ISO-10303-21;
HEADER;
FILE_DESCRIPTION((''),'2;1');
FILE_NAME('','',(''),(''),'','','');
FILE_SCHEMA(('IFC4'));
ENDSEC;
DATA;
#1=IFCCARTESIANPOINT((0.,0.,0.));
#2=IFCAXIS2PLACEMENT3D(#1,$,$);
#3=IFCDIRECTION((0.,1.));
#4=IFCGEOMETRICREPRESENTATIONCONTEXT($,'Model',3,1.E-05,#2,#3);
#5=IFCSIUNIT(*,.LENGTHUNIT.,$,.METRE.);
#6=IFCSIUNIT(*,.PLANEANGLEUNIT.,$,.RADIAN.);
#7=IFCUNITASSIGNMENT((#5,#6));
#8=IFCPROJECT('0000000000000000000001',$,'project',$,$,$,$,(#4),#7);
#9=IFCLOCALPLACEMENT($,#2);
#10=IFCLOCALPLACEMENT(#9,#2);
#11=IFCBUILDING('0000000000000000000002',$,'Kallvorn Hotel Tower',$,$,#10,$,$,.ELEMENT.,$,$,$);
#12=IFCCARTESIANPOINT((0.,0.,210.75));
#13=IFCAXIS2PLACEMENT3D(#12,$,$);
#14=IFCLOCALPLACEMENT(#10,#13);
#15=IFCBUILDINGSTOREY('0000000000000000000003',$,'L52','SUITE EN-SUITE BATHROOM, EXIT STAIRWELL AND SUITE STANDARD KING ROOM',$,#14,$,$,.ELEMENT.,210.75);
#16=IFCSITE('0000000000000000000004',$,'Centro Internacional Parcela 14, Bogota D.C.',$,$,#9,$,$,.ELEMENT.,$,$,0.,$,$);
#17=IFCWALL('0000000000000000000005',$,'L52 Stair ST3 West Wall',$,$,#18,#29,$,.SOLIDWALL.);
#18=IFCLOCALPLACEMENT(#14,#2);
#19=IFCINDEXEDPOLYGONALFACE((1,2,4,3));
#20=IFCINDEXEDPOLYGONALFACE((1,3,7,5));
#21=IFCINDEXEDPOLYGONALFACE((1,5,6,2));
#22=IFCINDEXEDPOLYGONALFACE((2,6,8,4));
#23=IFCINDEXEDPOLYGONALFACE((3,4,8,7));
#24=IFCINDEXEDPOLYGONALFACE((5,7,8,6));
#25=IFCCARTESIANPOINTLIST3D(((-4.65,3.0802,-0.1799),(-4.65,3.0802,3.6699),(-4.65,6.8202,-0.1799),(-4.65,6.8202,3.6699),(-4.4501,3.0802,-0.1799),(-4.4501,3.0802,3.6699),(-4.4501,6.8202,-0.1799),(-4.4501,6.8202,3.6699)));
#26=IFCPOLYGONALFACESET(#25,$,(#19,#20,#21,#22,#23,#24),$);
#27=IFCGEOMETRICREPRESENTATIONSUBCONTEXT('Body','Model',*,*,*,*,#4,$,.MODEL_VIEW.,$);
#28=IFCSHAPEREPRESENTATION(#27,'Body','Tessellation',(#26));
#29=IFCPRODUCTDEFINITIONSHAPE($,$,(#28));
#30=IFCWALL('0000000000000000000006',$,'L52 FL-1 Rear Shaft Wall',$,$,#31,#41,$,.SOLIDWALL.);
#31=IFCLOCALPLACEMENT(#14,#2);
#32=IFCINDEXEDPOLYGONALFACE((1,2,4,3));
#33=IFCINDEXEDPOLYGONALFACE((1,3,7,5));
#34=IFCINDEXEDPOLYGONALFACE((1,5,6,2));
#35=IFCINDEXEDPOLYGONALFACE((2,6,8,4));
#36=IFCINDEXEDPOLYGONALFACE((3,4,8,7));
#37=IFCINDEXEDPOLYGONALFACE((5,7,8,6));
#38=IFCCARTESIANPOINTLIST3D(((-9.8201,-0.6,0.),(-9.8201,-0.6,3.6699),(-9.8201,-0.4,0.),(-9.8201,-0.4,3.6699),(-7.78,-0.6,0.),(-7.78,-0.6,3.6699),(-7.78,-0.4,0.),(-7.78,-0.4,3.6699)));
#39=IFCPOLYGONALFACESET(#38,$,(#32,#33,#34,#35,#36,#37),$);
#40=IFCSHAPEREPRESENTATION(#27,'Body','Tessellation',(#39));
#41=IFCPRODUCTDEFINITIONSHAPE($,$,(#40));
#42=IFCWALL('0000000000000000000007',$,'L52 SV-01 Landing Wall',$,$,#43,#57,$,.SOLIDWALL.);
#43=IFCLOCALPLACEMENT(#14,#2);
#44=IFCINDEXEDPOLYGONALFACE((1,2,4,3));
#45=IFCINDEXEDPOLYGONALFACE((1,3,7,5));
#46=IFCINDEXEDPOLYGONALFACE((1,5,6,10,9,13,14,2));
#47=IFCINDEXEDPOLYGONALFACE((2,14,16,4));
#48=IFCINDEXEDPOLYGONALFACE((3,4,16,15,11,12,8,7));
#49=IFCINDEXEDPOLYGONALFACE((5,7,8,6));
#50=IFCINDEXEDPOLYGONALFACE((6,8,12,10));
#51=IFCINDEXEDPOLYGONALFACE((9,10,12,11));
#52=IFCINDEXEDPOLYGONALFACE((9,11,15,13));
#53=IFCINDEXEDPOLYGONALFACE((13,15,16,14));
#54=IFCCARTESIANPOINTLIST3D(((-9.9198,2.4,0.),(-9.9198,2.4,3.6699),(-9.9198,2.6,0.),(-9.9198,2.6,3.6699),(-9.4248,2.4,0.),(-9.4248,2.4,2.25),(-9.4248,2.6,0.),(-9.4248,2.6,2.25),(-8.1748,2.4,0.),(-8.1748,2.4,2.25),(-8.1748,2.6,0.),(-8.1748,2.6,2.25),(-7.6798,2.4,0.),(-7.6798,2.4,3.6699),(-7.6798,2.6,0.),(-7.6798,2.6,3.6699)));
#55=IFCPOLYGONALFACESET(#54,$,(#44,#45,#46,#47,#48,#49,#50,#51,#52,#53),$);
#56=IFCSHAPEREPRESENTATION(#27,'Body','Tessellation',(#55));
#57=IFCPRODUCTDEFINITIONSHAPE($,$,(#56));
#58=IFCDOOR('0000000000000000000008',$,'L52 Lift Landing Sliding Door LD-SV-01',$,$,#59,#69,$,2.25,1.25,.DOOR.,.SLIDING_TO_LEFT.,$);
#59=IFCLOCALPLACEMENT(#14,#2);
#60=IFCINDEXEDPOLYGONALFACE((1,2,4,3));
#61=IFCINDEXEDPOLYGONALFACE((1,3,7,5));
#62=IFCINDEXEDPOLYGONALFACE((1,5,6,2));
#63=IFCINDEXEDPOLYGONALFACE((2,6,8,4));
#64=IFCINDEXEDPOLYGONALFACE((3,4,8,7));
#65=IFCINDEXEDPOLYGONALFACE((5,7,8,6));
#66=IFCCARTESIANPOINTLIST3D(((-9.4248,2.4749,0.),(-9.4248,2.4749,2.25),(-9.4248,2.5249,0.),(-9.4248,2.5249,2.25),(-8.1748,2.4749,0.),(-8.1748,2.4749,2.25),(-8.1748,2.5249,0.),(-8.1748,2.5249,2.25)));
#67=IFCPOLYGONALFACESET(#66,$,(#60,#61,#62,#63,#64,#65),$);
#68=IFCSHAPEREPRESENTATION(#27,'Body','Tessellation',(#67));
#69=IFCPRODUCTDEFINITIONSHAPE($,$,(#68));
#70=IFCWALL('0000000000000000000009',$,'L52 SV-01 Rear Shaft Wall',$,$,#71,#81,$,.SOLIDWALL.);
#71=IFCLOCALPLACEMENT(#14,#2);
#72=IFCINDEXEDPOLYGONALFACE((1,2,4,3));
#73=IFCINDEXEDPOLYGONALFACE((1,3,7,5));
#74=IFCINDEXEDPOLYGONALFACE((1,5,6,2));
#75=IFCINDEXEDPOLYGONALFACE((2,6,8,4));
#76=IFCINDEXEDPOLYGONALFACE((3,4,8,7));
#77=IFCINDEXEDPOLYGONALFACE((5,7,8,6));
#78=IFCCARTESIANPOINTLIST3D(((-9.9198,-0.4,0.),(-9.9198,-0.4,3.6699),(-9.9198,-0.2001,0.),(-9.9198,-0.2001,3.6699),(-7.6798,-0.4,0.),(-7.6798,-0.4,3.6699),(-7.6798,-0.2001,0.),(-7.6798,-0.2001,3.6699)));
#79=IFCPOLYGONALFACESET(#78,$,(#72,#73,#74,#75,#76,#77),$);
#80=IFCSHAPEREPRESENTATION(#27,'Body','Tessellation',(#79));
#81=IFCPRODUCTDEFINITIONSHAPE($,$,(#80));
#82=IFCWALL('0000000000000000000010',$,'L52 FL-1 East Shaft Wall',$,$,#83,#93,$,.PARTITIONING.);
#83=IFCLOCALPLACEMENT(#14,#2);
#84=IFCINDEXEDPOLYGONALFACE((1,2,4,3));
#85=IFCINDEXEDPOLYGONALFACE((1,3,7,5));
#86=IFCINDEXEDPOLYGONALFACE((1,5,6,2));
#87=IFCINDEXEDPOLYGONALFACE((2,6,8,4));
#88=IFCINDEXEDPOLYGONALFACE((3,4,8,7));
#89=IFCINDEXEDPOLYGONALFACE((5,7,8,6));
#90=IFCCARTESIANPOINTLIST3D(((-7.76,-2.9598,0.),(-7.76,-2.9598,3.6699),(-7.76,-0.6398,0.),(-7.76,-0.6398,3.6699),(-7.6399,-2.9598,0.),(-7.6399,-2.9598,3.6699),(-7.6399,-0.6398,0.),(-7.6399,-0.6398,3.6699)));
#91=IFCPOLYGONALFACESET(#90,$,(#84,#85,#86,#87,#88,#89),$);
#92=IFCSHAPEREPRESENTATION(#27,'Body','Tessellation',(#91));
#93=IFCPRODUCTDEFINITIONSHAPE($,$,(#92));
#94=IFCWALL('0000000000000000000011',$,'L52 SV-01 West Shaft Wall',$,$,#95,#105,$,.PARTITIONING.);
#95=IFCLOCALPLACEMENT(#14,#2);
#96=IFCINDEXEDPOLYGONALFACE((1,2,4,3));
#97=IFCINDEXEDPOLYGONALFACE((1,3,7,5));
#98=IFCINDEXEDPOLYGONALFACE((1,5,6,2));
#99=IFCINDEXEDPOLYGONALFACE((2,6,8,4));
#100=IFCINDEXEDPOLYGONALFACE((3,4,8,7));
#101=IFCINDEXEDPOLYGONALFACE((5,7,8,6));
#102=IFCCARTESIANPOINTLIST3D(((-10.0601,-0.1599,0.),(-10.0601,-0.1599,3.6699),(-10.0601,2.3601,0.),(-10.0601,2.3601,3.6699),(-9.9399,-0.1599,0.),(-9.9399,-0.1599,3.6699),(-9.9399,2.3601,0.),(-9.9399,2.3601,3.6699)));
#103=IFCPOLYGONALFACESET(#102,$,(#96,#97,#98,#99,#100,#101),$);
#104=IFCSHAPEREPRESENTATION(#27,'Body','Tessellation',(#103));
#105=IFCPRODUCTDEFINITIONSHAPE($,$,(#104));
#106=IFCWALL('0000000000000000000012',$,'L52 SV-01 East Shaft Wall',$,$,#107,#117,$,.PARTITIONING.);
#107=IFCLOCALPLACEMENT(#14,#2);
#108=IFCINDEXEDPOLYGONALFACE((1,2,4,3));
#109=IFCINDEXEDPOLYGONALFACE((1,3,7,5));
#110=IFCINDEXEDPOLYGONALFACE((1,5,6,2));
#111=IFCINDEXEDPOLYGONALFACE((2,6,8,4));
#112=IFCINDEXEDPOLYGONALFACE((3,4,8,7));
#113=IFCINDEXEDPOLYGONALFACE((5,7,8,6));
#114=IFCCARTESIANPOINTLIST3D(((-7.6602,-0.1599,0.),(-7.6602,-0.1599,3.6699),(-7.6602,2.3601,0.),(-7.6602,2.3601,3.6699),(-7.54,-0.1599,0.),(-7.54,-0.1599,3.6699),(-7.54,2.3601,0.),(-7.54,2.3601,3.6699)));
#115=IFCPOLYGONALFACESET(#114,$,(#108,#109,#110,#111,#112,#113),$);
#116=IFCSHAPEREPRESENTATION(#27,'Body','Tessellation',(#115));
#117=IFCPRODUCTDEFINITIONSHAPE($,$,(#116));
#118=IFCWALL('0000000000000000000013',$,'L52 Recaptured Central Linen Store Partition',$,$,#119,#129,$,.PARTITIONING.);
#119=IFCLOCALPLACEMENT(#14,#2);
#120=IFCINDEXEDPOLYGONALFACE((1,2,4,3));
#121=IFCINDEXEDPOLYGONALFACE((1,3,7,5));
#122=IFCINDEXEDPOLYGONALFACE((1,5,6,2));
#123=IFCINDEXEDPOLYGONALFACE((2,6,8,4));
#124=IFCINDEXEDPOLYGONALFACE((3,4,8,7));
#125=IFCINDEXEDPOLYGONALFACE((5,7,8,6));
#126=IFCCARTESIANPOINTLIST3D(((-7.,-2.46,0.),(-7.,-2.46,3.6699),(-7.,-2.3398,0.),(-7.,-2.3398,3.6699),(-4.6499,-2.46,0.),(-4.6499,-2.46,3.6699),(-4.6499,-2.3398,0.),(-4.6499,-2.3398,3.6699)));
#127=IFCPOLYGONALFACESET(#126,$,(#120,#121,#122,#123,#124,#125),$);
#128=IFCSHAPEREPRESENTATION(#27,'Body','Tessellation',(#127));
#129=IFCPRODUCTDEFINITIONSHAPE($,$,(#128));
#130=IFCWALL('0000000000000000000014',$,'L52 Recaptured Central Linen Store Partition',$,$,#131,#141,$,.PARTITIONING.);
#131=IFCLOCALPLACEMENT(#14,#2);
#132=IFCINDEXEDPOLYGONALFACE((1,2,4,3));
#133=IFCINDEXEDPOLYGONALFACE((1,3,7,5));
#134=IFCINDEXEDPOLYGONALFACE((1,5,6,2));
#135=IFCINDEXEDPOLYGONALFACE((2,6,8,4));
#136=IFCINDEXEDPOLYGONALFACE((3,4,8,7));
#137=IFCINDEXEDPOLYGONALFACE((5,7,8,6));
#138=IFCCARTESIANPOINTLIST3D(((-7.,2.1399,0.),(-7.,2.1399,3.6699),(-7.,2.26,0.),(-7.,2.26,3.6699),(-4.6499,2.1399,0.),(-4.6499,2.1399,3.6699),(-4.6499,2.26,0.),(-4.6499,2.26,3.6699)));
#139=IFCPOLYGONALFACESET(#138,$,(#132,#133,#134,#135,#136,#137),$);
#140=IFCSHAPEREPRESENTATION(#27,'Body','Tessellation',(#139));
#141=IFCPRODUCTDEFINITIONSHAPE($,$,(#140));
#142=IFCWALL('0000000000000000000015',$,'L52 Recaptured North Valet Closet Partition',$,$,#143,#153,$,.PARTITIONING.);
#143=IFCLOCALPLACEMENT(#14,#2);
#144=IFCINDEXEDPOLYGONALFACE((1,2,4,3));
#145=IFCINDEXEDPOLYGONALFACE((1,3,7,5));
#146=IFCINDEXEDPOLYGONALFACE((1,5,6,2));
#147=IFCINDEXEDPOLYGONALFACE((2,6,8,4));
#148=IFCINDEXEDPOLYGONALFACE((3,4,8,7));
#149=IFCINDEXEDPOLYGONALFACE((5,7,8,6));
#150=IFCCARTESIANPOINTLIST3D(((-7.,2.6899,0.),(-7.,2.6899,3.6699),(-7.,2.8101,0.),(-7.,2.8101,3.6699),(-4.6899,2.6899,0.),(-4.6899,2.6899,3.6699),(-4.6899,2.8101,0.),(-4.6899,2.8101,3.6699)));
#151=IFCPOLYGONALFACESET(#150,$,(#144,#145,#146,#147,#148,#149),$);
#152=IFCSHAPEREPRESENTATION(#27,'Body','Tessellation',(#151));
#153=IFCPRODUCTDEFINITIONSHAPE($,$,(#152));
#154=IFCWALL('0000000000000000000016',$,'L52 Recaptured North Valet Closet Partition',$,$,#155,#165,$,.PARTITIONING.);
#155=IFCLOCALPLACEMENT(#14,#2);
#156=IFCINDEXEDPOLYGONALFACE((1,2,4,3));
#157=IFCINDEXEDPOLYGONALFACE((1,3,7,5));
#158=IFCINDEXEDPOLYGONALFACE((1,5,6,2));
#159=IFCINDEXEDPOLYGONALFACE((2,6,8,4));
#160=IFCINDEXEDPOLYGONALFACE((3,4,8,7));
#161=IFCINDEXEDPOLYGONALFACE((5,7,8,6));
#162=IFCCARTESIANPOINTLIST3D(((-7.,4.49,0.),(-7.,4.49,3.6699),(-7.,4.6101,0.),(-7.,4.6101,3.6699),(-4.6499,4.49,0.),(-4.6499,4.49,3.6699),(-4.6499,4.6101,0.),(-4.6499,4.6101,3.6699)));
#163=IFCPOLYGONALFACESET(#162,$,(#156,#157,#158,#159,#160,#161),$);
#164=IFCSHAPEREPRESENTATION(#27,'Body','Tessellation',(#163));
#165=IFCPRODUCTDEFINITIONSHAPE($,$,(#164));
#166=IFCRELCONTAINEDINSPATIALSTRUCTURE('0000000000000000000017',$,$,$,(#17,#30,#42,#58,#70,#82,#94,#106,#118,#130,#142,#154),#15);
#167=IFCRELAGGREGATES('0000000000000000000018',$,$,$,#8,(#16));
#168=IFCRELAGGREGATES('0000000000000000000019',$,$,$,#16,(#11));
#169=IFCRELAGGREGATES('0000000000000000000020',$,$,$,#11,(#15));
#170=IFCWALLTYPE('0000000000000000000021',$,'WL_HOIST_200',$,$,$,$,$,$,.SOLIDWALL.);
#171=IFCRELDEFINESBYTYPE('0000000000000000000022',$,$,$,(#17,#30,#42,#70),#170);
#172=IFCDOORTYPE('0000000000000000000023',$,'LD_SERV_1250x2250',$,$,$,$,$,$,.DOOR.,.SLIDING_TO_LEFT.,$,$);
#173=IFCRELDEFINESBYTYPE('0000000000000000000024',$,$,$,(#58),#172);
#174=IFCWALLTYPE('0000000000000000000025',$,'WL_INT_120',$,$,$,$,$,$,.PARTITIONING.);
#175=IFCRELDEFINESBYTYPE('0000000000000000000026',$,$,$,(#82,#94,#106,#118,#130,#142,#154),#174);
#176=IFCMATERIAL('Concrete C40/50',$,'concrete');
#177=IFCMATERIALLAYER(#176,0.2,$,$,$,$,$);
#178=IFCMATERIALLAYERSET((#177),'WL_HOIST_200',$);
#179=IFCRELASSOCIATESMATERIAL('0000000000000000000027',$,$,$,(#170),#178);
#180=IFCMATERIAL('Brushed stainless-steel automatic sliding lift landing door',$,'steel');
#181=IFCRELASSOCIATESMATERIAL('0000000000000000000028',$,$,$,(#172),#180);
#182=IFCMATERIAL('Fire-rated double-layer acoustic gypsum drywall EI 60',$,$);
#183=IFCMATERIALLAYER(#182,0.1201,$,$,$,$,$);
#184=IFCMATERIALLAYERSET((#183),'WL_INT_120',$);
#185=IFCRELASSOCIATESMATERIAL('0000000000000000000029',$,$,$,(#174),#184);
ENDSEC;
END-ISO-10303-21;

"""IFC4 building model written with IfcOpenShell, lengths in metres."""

from ifc_helpers import new_model, si_unit, direction, frame, frame_2d, origin, place, context, subcontext, project, spatial, rectangle, extrude, material, layer, layer_set, type_object, element, fill, save


model = new_model("IFC4")

# Units and contexts
model_context = context("Model", 3, precision=1e-05, world=origin(), true_north=direction((0.0, 1.0)))
body_context = subcontext(model_context, "Body", "Model", "MODEL_VIEW")
ifc_project = project(units=[si_unit("LENGTHUNIT", "METRE"), si_unit("PLANEANGLEUNIT", "RADIAN")], contexts=[model_context])

# Site, building, storey
site_placement = place(None, origin())
site = spatial("IfcSite", under=ifc_project, at=site_placement, Name="Centro Internacional Parcela 14, Bogota D.C.", CompositionType="ELEMENT", RefElevation=0.0)
building_placement = place(site_placement, origin())
building = spatial("IfcBuilding", under=site, at=building_placement, Name="Kallvorn Hotel Tower", CompositionType="ELEMENT")
storey_placement = place(building_placement, frame((0.0, 0.0, 210.75)))
storey = spatial("IfcBuildingStorey", under=building, at=storey_placement, Name="L52", Description="SUITE EN-SUITE BATHROOM, EXIT STAIRWELL AND SUITE STANDARD KING ROOM", CompositionType="ELEMENT", Elevation=210.75)

# Walls
ifc_material_1 = material(Name="Concrete C40/50", Category="concrete")
ifc_layer_1 = layer(ifc_material_1, 0.2)
ifc_layer_set_1 = layer_set([ifc_layer_1], Name="WL_HOIST_200")
wall_type_1 = type_object("IfcWallType", Name="WL_HOIST_200", PredefinedType="SOLIDWALL", material=ifc_layer_set_1)
wall_1_placement = place(storey_placement, frame((-4.55, 3.0801, -0.1799), z_axis=(0.0, 0.0, 1.0), x_axis=(0.0, 1.0, 0.0)))
element("IfcWall", 1, at=wall_1_placement, inside=storey, type_object=wall_type_1, Name="L52 Stair ST3 West Wall", PredefinedType="SOLIDWALL", context=body_context, shape_type="SweptSolid", body=[
    extrude(rectangle(XDim=3.74, YDim=0.2, at=frame_2d((1.8701, 0.0))), origin(), (0.0, 0.0, 1.0), 3.8499),
])
wall_2_placement = place(storey_placement, frame((-9.8201, -0.5, 0.0), z_axis=(0.0, 0.0, 1.0), x_axis=(1.0, 0.0, 0.0)))
element("IfcWall", 2, at=wall_2_placement, inside=storey, type_object=wall_type_1, Name="L52 FL-1 Rear Shaft Wall", PredefinedType="SOLIDWALL", context=body_context, shape_type="SweptSolid", body=[
    extrude(rectangle(XDim=2.04, YDim=0.2, at=frame_2d((1.02, 0.0))), origin(), (0.0, 0.0, 1.0), 3.6699),
])

# Wall, opening, door
wall_3_placement = place(storey_placement, frame((-9.9199, 2.5, 0.0), z_axis=(0.0, 0.0, 1.0), x_axis=(1.0, 0.0, 0.0)))
wall_3 = element("IfcWall", 3, at=wall_3_placement, inside=storey, type_object=wall_type_1, Name="L52 SV-01 Landing Wall", PredefinedType="SOLIDWALL", context=body_context, shape_type="SweptSolid", body=[
    extrude(rectangle(XDim=2.24, YDim=0.2, at=frame_2d((1.1201, 0.0))), origin(), (0.0, 0.0, 1.0), 3.6699),
])
opening_1_placement = place(wall_3_placement, frame((0.4951, 0.0, 0.0)))
opening_1 = element("IfcOpeningElement", 4, at=opening_1_placement, cuts=wall_3, PredefinedType="OPENING", context=body_context, shape_type="SweptSolid", body=[
    extrude(rectangle(XDim=1.25, YDim=2.25, at=frame_2d((0.625, 1.125))), frame((0.0, 0.115, 0.0), z_axis=(0.0, -1.0, 0.0), x_axis=(1.0, 0.0, 0.0)), (0.0, 0.0, 1.0), 0.23),
])
ifc_material_2 = material(Name="Brushed stainless-steel automatic sliding lift landing door", Category="steel")
door_type_1 = type_object("IfcDoorType", Name="LD_SERV_1250x2250", OperationType="SLIDING_TO_LEFT", PredefinedType="DOOR", material=ifc_material_2)
door_1_placement = place(opening_1_placement, origin())
door_1 = element("IfcDoor", 5, at=door_1_placement, inside=storey, type_object=door_type_1, Name="L52 Lift Landing Sliding Door LD-SV-01", OperationType="SLIDING_TO_LEFT", OverallHeight=2.25, OverallWidth=1.25, PredefinedType="DOOR", context=body_context, shape_type="SweptSolid", body=[
    extrude(rectangle(XDim=1.25, YDim=2.25, at=frame_2d((0.625, 1.125))), frame((0.0, 0.0249, 0.0), z_axis=(0.0, -1.0, 0.0), x_axis=(1.0, 0.0, 0.0)), (0.0, 0.0, 1.0), 0.05),
])
fill(opening_1, door_1)

# Walls
wall_4_placement = place(storey_placement, frame((-9.9199, -0.3, 0.0), z_axis=(0.0, 0.0, 1.0), x_axis=(1.0, 0.0, 0.0)))
element("IfcWall", 6, at=wall_4_placement, inside=storey, type_object=wall_type_1, Name="L52 SV-01 Rear Shaft Wall", PredefinedType="SOLIDWALL", context=body_context, shape_type="SweptSolid", body=[
    extrude(rectangle(XDim=2.24, YDim=0.2, at=frame_2d((1.1201, 0.0))), origin(), (0.0, 0.0, 1.0), 3.6699),
])
ifc_material_3 = material(Name="Fire-rated double-layer acoustic gypsum drywall EI 60")
ifc_layer_2 = layer(ifc_material_3, 0.1201)
ifc_layer_set_2 = layer_set([ifc_layer_2], Name="WL_INT_120")
wall_type_2 = type_object("IfcWallType", Name="WL_INT_120", PredefinedType="PARTITIONING", material=ifc_layer_set_2)
wall_5_placement = place(storey_placement, frame((-7.7, -2.96, 0.0), z_axis=(0.0, 0.0, 1.0), x_axis=(0.0, 1.0, 0.0)))
element("IfcWall", 7, at=wall_5_placement, inside=storey, type_object=wall_type_2, Name="L52 FL-1 East Shaft Wall", PredefinedType="PARTITIONING", context=body_context, shape_type="SweptSolid", body=[
    extrude(rectangle(XDim=2.3201, YDim=0.1201, at=frame_2d((1.1602, 0.0))), origin(), (0.0, 0.0, 1.0), 3.6699),
])
for number, where, z_axis, x_axis, name in (
    (8, (-10.0, -0.1599, 0.0), (0.0, 0.0, 1.0), (0.0, 1.0, 0.0), "L52 SV-01 West Shaft Wall"),
    (9, (-7.6001, -0.1599, 0.0), (0.0, 0.0, 1.0), (0.0, 1.0, 0.0), "L52 SV-01 East Shaft Wall"),
):
    element("IfcWall", number, at=place(storey_placement, frame(where, z_axis=z_axis, x_axis=x_axis)), inside=storey, type_object=wall_type_2, Name=name, PredefinedType="PARTITIONING", context=body_context, shape_type="SweptSolid", body=[
        extrude(rectangle(XDim=2.52, YDim=0.1201, at=frame_2d((1.26, 0.0))), origin(), (0.0, 0.0, 1.0), 3.6699),
    ])
for number, where, z_axis, x_axis, name in (
    (10, (-7.0, -2.3999, 0.0), (0.0, 0.0, 1.0), (1.0, 0.0, 0.0), "L52 Recaptured Central Linen Store Partition"),
    (11, (-7.0, 2.2, 0.0), (0.0, 0.0, 1.0), (1.0, 0.0, 0.0), "L52 Recaptured Central Linen Store Partition"),
):
    element("IfcWall", number, at=place(storey_placement, frame(where, z_axis=z_axis, x_axis=x_axis)), inside=storey, type_object=wall_type_2, Name=name, PredefinedType="PARTITIONING", context=body_context, shape_type="SweptSolid", body=[
        extrude(rectangle(XDim=2.3501, YDim=0.1201, at=frame_2d((1.175, 0.0))), origin(), (0.0, 0.0, 1.0), 3.6699),
    ])
wall_6_placement = place(storey_placement, frame((-7.0, 2.75, 0.0), z_axis=(0.0, 0.0, 1.0), x_axis=(1.0, 0.0, 0.0)))
element("IfcWall", 12, at=wall_6_placement, inside=storey, type_object=wall_type_2, Name="L52 Recaptured North Valet Closet Partition", PredefinedType="PARTITIONING", context=body_context, shape_type="SweptSolid", body=[
    extrude(rectangle(XDim=2.3101, YDim=0.1201, at=frame_2d((1.155, 0.0))), origin(), (0.0, 0.0, 1.0), 3.6699),
])
wall_7_placement = place(storey_placement, frame((-7.0, 4.55, 0.0), z_axis=(0.0, 0.0, 1.0), x_axis=(1.0, 0.0, 0.0)))
element("IfcWall", 13, at=wall_7_placement, inside=storey, type_object=wall_type_2, Name="L52 Recaptured North Valet Closet Partition", PredefinedType="PARTITIONING", context=body_context, shape_type="SweptSolid", body=[
    extrude(rectangle(XDim=2.3501, YDim=0.1201, at=frame_2d((1.175, 0.0))), origin(), (0.0, 0.0, 1.0), 3.6699),
])

save(model, "model.ifc")
